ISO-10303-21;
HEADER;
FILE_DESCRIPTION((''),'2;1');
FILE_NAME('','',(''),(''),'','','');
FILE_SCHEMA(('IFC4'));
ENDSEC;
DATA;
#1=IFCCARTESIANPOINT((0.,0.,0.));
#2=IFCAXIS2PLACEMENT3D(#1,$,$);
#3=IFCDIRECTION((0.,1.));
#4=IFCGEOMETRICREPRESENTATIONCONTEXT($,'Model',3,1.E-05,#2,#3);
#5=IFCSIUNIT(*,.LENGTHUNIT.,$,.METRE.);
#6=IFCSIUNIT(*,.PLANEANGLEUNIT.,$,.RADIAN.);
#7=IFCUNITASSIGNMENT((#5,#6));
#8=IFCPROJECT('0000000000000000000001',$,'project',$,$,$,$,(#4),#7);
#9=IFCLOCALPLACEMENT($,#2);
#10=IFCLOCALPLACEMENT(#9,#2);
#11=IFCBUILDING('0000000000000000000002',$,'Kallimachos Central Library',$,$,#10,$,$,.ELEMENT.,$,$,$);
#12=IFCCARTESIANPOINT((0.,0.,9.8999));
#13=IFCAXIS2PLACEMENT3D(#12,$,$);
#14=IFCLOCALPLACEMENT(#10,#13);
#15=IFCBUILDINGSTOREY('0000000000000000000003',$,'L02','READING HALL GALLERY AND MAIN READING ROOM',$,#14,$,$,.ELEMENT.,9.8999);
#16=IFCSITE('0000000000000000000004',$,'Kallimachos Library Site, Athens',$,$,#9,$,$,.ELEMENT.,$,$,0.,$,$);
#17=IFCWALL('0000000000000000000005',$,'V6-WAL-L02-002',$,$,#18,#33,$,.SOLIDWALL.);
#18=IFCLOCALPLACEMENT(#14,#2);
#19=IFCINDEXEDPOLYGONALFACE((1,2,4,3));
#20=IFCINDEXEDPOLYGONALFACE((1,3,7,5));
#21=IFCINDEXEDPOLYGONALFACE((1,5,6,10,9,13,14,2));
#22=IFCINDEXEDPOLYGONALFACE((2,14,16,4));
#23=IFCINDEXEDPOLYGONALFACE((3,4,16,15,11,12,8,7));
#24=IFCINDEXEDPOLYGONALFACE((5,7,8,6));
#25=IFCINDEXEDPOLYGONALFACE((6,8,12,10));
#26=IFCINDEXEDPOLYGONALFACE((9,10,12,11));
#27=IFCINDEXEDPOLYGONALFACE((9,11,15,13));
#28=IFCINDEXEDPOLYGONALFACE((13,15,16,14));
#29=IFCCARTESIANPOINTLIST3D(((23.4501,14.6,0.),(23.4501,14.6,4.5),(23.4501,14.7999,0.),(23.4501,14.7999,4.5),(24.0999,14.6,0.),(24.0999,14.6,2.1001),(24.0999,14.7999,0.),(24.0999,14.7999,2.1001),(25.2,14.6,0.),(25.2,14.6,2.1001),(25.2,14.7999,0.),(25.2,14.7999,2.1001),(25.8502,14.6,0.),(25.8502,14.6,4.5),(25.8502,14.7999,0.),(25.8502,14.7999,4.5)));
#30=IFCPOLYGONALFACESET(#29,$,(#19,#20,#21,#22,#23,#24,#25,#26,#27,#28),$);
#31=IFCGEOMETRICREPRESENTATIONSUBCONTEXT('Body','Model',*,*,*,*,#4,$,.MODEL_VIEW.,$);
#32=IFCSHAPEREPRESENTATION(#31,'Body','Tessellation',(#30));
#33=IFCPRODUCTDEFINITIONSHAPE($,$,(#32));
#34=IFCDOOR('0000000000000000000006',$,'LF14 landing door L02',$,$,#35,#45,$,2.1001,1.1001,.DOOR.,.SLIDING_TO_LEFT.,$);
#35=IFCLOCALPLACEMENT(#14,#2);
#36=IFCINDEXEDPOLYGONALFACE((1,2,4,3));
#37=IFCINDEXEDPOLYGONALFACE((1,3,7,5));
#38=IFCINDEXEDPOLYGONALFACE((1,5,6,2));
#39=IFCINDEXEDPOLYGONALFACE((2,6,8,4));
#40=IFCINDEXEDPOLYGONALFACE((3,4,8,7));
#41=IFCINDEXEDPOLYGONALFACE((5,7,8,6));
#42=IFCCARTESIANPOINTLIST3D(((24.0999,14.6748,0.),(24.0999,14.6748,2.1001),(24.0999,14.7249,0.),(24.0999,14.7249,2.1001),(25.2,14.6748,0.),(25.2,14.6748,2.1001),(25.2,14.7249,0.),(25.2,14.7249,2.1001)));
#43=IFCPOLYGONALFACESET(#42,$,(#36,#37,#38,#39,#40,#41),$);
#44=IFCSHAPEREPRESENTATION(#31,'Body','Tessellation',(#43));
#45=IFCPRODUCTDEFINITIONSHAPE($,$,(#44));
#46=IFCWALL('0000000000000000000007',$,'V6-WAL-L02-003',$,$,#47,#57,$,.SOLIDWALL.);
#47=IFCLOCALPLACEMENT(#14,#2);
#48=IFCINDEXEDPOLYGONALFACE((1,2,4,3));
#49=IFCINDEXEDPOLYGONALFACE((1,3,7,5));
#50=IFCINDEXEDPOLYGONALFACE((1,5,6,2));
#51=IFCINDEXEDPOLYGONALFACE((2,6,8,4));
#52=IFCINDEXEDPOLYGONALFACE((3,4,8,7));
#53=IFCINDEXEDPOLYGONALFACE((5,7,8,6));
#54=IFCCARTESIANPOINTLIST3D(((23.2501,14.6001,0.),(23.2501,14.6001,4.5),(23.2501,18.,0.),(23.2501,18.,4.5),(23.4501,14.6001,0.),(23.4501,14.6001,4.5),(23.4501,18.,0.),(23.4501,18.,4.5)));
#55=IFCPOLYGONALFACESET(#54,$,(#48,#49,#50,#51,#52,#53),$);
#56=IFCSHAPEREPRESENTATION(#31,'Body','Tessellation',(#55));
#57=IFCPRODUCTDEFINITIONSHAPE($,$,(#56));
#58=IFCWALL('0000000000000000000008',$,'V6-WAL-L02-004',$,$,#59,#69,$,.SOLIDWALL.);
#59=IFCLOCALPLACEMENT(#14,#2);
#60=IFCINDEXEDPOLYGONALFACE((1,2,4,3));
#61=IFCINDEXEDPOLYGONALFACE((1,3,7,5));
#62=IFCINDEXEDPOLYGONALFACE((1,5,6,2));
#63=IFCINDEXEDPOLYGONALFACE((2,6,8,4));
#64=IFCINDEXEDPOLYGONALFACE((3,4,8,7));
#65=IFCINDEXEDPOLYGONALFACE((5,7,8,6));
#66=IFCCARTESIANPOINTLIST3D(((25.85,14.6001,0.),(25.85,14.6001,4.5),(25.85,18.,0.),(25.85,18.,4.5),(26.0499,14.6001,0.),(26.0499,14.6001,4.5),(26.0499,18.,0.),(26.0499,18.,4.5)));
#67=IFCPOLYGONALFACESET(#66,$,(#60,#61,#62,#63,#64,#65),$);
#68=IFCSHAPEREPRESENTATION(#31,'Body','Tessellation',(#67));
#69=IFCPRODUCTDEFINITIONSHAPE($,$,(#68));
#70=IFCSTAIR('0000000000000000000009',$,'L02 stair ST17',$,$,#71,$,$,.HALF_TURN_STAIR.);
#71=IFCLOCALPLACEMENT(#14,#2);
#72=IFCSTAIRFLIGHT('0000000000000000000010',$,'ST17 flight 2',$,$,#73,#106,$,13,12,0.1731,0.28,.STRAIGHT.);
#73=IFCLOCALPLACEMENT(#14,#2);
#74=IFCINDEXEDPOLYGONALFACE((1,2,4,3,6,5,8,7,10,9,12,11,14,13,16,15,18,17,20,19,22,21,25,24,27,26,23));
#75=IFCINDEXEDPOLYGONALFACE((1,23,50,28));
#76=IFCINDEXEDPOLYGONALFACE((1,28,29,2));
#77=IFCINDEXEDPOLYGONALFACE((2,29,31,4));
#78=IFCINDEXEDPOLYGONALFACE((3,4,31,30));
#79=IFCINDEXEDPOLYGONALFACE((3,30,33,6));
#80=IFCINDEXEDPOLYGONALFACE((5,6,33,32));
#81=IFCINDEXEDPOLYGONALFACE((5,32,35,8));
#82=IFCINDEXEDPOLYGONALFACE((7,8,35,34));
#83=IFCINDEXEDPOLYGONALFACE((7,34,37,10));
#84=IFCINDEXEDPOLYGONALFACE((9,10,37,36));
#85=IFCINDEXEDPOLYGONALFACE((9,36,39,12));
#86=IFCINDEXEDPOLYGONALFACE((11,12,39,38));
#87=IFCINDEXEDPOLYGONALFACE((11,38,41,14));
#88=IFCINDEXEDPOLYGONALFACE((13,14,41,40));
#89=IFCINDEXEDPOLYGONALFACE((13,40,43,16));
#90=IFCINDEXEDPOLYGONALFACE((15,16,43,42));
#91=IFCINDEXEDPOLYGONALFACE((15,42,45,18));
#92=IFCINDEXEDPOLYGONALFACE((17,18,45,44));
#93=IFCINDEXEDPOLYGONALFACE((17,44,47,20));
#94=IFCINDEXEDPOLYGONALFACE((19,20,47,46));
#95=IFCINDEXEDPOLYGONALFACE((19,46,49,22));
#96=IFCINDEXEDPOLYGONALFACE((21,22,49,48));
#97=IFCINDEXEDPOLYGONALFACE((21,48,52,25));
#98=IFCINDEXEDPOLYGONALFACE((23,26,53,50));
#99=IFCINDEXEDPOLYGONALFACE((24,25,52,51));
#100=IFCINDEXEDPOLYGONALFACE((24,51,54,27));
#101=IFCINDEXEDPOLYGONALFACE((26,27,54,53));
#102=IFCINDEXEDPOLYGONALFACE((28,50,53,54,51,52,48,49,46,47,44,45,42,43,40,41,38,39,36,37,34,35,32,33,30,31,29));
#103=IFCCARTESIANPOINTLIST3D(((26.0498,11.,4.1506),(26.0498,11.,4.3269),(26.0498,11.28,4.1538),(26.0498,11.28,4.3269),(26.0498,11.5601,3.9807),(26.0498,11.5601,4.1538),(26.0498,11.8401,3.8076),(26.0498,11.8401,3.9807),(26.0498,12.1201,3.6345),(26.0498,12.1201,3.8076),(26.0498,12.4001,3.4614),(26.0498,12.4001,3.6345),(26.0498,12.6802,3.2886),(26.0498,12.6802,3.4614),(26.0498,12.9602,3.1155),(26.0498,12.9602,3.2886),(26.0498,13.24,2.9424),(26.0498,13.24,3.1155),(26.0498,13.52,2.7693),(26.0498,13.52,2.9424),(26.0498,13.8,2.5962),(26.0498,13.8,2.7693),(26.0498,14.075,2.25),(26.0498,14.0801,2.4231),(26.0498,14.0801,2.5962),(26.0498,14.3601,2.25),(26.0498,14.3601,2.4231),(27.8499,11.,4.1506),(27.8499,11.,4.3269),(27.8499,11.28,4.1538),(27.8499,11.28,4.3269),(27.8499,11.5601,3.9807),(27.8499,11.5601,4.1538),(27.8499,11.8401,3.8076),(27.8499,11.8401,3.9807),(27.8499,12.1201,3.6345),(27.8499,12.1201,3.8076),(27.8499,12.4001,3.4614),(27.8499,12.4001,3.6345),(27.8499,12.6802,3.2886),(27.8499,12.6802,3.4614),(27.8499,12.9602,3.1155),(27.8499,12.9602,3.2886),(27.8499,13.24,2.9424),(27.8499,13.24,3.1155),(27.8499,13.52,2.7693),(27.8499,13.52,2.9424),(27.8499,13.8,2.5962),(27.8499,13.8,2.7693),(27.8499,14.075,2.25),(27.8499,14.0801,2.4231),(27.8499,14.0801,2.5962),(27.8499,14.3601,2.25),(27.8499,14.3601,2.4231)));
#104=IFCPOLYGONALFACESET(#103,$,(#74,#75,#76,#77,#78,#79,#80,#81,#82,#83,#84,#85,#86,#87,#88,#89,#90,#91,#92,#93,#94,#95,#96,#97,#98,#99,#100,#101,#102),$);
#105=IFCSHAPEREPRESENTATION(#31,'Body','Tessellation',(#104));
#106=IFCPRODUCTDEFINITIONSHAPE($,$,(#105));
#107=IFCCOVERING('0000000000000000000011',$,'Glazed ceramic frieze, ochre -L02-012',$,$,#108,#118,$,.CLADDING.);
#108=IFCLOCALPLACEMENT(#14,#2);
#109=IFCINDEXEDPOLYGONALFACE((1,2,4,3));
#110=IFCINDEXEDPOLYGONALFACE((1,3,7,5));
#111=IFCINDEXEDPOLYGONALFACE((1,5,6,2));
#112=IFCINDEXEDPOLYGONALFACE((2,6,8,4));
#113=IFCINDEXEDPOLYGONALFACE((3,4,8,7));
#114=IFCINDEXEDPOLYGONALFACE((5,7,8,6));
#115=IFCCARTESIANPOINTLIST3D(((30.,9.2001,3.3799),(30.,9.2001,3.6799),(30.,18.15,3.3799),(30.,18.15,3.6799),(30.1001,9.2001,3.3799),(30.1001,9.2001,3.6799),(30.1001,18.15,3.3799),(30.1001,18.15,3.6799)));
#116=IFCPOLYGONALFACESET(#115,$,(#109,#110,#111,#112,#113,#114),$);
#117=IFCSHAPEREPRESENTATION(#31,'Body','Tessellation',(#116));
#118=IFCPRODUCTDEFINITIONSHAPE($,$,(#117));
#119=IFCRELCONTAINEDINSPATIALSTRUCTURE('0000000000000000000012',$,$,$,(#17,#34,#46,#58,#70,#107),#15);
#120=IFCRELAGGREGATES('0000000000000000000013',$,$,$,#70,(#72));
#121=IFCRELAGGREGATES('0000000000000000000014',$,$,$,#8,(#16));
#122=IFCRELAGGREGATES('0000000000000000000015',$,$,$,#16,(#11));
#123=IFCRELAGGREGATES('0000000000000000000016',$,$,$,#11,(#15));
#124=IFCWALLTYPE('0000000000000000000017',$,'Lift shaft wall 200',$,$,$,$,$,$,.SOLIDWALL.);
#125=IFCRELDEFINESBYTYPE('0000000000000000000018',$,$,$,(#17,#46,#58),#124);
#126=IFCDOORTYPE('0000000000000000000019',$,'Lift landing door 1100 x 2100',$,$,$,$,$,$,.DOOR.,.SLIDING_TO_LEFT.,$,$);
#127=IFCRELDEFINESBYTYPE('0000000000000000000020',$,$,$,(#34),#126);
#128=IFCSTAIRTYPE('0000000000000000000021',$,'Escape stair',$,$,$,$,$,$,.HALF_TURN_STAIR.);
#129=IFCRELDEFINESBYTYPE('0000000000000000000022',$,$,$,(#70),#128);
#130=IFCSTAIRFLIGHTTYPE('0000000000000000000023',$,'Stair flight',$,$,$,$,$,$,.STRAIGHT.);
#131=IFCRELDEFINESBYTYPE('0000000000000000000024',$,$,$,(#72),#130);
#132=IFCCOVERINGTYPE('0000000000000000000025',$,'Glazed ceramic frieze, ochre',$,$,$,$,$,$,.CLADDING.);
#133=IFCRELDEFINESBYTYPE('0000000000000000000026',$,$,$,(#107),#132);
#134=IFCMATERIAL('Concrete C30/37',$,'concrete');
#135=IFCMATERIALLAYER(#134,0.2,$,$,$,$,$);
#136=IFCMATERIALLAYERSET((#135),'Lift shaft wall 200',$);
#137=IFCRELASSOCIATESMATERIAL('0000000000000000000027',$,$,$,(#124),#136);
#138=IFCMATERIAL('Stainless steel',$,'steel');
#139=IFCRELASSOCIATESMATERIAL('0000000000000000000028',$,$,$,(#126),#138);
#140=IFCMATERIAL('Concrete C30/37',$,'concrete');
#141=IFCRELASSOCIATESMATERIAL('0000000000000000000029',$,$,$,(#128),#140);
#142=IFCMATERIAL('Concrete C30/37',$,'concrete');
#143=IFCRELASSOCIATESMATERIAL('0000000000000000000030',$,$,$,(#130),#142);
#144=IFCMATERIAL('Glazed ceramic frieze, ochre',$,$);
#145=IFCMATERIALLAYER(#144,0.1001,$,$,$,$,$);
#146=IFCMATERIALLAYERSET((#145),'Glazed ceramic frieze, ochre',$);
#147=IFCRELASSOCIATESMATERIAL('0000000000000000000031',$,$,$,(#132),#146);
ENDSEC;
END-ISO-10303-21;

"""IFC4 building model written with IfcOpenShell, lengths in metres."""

from ifc_helpers import new_model, si_unit, direction, frame, frame_2d, origin, origin_2d, place, context, subcontext, project, spatial, polyline, rectangle, outline, extrude, material, layer, layer_set, type_object, element, fill, aggregate, save


model = new_model("IFC4")

# Units and contexts
model_context = context("Model", 3, precision=1e-05, world=origin(), true_north=direction((0.0, 1.0)))
body_context = subcontext(model_context, "Body", "Model", "MODEL_VIEW")
ifc_project = project(units=[si_unit("LENGTHUNIT", "METRE"), si_unit("PLANEANGLEUNIT", "RADIAN")], contexts=[model_context])

# Site, building, storey
site_placement = place(None, origin())
site = spatial("IfcSite", under=ifc_project, at=site_placement, Name="Kallimachos Library Site, Athens", CompositionType="ELEMENT", RefElevation=0.0)
building_placement = place(site_placement, origin())
building = spatial("IfcBuilding", under=site, at=building_placement, Name="Kallimachos Central Library", CompositionType="ELEMENT")
storey_placement = place(building_placement, frame((0.0, 0.0, 9.8999)))
storey = spatial("IfcBuildingStorey", under=building, at=storey_placement, Name="L02", Description="READING HALL GALLERY AND MAIN READING ROOM", CompositionType="ELEMENT", Elevation=9.8999)

# Shared definitions
ifc_material_1 = material(Name="Concrete C30/37", Category="concrete")
ifc_layer_1 = layer(ifc_material_1, 0.2)
ifc_layer_set_1 = layer_set([ifc_layer_1], Name="Lift shaft wall 200")
wall_type_1 = type_object("IfcWallType", Name="Lift shaft wall 200", PredefinedType="SOLIDWALL", material=ifc_layer_set_1)

# Wall, opening, door
wall_1_placement = place(storey_placement, frame((23.45, 14.7, 0.0), z_axis=(0.0, 0.0, 1.0), x_axis=(1.0, 0.0, 0.0)))
wall_1 = element("IfcWall", 1, at=wall_1_placement, inside=storey, type_object=wall_type_1, Name="V6-WAL-L02-002", PredefinedType="SOLIDWALL", context=body_context, shape_type="SweptSolid", body=[
    extrude(rectangle(XDim=2.4001, YDim=0.2, at=frame_2d((1.2002, 0.0))), origin(), (0.0, 0.0, 1.0), 4.5),
])
opening_1_placement = place(wall_1_placement, frame((0.6499, 0.0, 0.0)))
opening_1 = element("IfcOpeningElement", 2, at=opening_1_placement, cuts=wall_1, PredefinedType="OPENING", context=body_context, shape_type="SweptSolid", body=[
    extrude(rectangle(XDim=1.1001, YDim=2.1001, at=frame_2d((0.55, 1.05))), frame((0.0, 0.1099, 0.0), z_axis=(0.0, -1.0, 0.0), x_axis=(1.0, 0.0, 0.0)), (0.0, 0.0, 1.0), 0.22),
])
ifc_material_2 = material(Name="Stainless steel", Category="steel")
door_type_1 = type_object("IfcDoorType", Name="Lift landing door 1100 x 2100", OperationType="SLIDING_TO_LEFT", PredefinedType="DOOR", material=ifc_material_2)
door_1_placement = place(opening_1_placement, origin())
door_1 = element("IfcDoor", 3, at=door_1_placement, inside=storey, type_object=door_type_1, Name="LF14 landing door L02", OperationType="SLIDING_TO_LEFT", OverallHeight=2.1001, OverallWidth=1.1001, PredefinedType="DOOR", context=body_context, shape_type="SweptSolid", body=[
    extrude(rectangle(XDim=1.1001, YDim=2.1001, at=frame_2d((0.55, 1.05))), frame((0.0, 0.0249, 0.0), z_axis=(0.0, -1.0, 0.0), x_axis=(1.0, 0.0, 0.0)), (0.0, 0.0, 1.0), 0.05),
])
fill(opening_1, door_1)

# Walls
for number, where, z_axis, x_axis, name in (
    (4, (23.3501, 14.6001, 0.0), (0.0, 0.0, 1.0), (0.0, 1.0, 0.0), "V6-WAL-L02-003"),
    (5, (25.95, 14.6001, 0.0), (0.0, 0.0, 1.0), (0.0, 1.0, 0.0), "V6-WAL-L02-004"),
):
    element("IfcWall", number, at=place(storey_placement, frame(where, z_axis=z_axis, x_axis=x_axis)), inside=storey, type_object=wall_type_1, Name=name, PredefinedType="SOLIDWALL", context=body_context, shape_type="SweptSolid", body=[
        extrude(rectangle(XDim=3.3999, YDim=0.2, at=frame_2d((1.7, 0.0))), origin(), (0.0, 0.0, 1.0), 4.5),
    ])

# Stair, stair flight
ifc_material_3 = material(Name="Concrete C30/37", Category="concrete")
stair_type = type_object("IfcStairType", Name="Escape stair", PredefinedType="HALF_TURN_STAIR", material=ifc_material_3)
stair_placement = place(storey_placement, origin())
stair = element("IfcStair", 6, at=stair_placement, inside=storey, type_object=stair_type, Name="L02 stair ST17", PredefinedType="HALF_TURN_STAIR")
ifc_material_4 = material(Name="Concrete C30/37", Category="concrete")
stair_flight_type = type_object("IfcStairFlightType", Name="Stair flight", PredefinedType="STRAIGHT", material=ifc_material_4)
stair_flight_placement = place(storey_placement, frame((26.95, 14.3601, 2.25), z_axis=(0.0, 0.0, 1.0), x_axis=(0.0, -1.0, 0.0)))
stair_flight = element("IfcStairFlight", 7, at=stair_flight_placement, type_object=stair_flight_type, Name="ST17 flight 2", NumberOfRisers=13, NumberOfTreads=12, PredefinedType="STRAIGHT", RiserHeight=0.1731, TreadLength=0.28, context=body_context, shape_type="SweptSolid", body=[
    extrude(outline(polyline([(0.0, 0.0), (0.0, 0.1731), (0.28, 0.1731), (0.28, 0.3462), (0.5601, 0.3462), (0.5601, 0.5193), (0.8401, 0.5193), (0.8401, 0.6924), (1.1201, 0.6924), (1.1201, 0.8655), (1.3999, 0.8655), (1.3999, 1.0386), (1.6799, 1.0386), (1.6799, 1.2114), (1.96, 1.2114), (1.96, 1.3845), (2.24, 1.3845), (2.24, 1.5576), (2.52, 1.5576), (2.52, 1.7307), (2.8, 1.7307), (2.8, 1.9038), (3.0801, 1.9038), (3.0801, 2.0769), (3.3601, 2.0769), (3.3601, 2.25), (3.3601, 1.9006), (0.2852, 0.0), (0.0, 0.0)])), frame((0.0, 0.8999, 0.0), z_axis=(0.0, -1.0, 0.0), x_axis=(1.0, 0.0, 0.0)), (0.0, 0.0, 1.0), 1.8),
])
aggregate(stair, [stair_flight])

# Covering
ifc_material_5 = material(Name="Glazed ceramic frieze, ochre")
ifc_layer_2 = layer(ifc_material_5, 0.1001)
ifc_layer_set_2 = layer_set([ifc_layer_2], Name="Glazed ceramic frieze, ochre")
covering_type = type_object("IfcCoveringType", Name="Glazed ceramic frieze, ochre", PredefinedType="CLADDING", material=ifc_layer_set_2)
covering_placement = place(storey_placement, frame((30.05, 13.675, 3.3799), z_axis=(0.0, 0.0, 1.0), x_axis=(1.0, 0.0, 0.0)))
element("IfcCovering", 8, at=covering_placement, inside=storey, type_object=covering_type, Name="Glazed ceramic frieze, ochre -L02-012", PredefinedType="CLADDING", context=body_context, shape_type="SweptSolid", body=[
    extrude(rectangle(XDim=0.1001, YDim=8.95, at=origin_2d()), origin(), (0.0, 0.0, 1.0), 0.3),
])

save(model, "model.ifc")
